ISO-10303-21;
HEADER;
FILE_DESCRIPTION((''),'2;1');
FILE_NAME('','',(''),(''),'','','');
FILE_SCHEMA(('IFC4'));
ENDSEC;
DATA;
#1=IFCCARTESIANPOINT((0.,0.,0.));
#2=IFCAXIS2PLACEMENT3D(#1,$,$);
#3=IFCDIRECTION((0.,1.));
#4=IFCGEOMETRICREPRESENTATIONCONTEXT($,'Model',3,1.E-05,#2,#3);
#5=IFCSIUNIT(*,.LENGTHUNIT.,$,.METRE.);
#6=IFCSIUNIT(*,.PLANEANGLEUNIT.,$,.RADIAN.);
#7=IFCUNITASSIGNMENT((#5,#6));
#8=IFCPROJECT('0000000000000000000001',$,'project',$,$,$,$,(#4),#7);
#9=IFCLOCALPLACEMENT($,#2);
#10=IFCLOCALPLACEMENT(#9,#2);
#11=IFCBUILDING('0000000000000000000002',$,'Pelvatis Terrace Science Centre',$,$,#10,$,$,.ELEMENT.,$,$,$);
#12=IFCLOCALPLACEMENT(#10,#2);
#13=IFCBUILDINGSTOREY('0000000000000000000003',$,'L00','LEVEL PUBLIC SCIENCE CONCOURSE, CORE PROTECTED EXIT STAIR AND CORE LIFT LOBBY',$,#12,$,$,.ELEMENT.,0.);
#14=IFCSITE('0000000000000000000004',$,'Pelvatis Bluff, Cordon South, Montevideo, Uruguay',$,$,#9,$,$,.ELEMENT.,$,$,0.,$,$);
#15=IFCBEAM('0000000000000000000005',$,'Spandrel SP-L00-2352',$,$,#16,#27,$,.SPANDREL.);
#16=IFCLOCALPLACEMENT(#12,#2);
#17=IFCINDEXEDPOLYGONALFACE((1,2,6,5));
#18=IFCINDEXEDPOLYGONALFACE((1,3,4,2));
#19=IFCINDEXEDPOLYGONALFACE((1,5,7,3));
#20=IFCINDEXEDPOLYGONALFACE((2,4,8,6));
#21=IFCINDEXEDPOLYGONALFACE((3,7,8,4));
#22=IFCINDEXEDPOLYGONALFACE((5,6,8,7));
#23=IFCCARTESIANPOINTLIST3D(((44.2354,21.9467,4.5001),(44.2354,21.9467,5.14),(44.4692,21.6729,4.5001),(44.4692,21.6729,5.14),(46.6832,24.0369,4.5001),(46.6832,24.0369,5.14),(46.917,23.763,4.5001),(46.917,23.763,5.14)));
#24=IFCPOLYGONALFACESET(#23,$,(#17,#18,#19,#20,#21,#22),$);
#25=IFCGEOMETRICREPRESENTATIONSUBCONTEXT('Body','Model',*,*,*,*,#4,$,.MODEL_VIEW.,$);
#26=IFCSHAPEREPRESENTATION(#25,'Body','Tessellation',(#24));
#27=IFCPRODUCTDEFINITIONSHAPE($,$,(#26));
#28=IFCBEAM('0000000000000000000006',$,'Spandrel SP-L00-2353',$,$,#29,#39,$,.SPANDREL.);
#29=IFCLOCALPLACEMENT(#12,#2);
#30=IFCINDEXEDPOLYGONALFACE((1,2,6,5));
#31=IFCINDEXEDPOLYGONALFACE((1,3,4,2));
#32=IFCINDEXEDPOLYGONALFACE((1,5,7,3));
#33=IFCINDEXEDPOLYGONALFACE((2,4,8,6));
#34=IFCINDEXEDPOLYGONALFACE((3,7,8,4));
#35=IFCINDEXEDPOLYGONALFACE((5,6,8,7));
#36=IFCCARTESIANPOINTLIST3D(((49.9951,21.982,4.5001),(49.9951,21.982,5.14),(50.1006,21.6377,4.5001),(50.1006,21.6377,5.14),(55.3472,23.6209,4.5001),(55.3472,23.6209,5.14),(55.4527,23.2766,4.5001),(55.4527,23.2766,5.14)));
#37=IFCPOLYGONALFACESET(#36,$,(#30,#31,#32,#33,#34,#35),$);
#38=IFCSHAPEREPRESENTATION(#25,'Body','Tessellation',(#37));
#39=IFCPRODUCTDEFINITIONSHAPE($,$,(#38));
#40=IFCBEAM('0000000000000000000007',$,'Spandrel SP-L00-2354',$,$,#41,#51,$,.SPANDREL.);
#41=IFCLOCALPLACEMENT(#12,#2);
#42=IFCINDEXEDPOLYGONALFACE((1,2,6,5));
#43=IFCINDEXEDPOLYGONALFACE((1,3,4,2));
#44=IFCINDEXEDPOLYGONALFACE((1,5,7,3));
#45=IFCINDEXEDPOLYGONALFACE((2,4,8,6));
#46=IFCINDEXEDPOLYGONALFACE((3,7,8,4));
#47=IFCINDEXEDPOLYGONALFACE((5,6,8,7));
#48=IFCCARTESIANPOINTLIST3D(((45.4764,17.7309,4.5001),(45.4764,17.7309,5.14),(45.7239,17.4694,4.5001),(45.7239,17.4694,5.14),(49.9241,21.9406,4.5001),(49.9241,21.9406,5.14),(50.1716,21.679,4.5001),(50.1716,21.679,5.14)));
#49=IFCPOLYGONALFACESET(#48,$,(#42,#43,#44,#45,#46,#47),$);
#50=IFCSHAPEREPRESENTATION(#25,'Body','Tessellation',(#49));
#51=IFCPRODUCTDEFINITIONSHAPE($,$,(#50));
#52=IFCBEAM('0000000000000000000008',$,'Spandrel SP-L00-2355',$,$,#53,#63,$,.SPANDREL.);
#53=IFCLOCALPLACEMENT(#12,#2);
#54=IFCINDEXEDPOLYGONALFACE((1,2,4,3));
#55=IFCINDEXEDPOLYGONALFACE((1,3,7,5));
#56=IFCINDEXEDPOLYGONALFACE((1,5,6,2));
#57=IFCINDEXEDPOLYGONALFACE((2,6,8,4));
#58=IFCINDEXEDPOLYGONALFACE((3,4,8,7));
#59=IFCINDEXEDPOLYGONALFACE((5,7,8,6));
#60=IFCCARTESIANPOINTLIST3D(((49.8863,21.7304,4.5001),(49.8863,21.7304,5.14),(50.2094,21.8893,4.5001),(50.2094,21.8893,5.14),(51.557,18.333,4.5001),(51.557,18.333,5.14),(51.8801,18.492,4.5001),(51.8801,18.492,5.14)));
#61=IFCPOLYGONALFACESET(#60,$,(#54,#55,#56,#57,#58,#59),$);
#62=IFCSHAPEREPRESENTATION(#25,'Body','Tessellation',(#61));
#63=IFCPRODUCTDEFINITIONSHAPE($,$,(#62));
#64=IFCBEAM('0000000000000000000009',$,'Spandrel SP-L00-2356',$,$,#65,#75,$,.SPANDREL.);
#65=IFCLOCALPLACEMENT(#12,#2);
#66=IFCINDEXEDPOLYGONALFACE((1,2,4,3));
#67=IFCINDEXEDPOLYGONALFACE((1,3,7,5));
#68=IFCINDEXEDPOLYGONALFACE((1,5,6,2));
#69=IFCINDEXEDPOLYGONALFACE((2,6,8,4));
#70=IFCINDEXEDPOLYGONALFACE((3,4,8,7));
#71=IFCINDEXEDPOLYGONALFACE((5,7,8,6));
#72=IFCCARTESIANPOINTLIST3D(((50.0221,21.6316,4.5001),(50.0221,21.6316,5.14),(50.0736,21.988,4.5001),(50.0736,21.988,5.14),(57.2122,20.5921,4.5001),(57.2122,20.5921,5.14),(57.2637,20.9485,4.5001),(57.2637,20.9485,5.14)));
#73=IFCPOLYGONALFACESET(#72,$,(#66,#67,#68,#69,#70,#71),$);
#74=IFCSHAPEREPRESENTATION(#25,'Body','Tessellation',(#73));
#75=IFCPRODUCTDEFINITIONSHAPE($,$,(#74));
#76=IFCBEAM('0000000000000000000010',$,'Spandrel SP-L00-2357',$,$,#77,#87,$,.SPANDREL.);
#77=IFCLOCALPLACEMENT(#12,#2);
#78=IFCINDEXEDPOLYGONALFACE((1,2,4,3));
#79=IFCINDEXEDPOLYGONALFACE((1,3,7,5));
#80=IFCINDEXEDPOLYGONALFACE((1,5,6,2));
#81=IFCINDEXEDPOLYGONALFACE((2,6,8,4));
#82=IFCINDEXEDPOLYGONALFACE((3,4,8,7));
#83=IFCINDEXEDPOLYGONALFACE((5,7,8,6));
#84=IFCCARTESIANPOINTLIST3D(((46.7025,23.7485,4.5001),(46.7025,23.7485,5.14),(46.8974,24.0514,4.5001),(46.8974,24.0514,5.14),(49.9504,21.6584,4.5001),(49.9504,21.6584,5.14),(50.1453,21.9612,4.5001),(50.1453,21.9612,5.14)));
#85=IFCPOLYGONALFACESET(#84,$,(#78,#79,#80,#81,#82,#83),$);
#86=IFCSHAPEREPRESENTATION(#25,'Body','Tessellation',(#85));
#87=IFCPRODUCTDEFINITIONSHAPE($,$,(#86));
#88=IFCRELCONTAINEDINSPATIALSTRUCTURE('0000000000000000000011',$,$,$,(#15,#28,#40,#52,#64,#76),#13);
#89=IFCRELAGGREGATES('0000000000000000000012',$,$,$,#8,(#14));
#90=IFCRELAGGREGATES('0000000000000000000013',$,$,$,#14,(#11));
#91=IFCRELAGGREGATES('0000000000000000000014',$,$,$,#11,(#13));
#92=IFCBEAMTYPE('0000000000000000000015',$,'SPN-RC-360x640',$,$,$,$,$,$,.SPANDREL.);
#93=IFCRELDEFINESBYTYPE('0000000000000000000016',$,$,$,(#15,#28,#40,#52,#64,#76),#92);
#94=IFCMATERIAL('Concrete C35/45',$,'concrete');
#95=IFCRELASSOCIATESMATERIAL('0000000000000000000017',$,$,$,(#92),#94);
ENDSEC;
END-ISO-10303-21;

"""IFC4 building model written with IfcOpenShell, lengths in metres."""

from ifc_helpers import new_model, si_unit, direction, frame, origin, origin_2d, place, context, subcontext, project, spatial, rectangle, extrude, material, material_profile, profile_set, type_object, element, save


model = new_model("IFC4")

# Units and contexts
model_context = context("Model", 3, precision=1e-05, world=origin(), true_north=direction((0.0, 1.0)))
body_context = subcontext(model_context, "Body", "Model", "MODEL_VIEW")
ifc_project = project(units=[si_unit("LENGTHUNIT", "METRE"), si_unit("PLANEANGLEUNIT", "RADIAN")], contexts=[model_context])

# Site, building, storey
site_placement = place(None, origin())
site = spatial("IfcSite", under=ifc_project, at=site_placement, Name="Pelvatis Bluff, Cordon South, Montevideo, Uruguay", CompositionType="ELEMENT", RefElevation=0.0)
building_placement = place(site_placement, origin())
building = spatial("IfcBuilding", under=site, at=building_placement, Name="Pelvatis Terrace Science Centre", CompositionType="ELEMENT")
storey_placement = place(building_placement, origin())
storey = spatial("IfcBuildingStorey", under=building, at=storey_placement, Name="L00", Description="LEVEL PUBLIC SCIENCE CONCOURSE, CORE PROTECTED EXIT STAIR AND CORE LIFT LOBBY", CompositionType="ELEMENT", Elevation=0.0)

# Beams
ifc_material_1 = material(Name="Concrete C35/45", Category="concrete")
ifc_material_profile_1 = material_profile(ifc_material_1, rectangle(XDim=0.3601, YDim=0.6399, at=origin_2d()), Name="RC-SPN 360x640")
ifc_profile_set_1 = profile_set([ifc_material_profile_1], Name="Concrete C35/45")
beam_type = type_object("IfcBeamType", Name="SPN-RC-360x640", PredefinedType="SPANDREL", material=ifc_profile_set_1)
beam_1_placement = place(storey_placement, frame((44.3523, 21.8098, 4.8201), z_axis=(0.760481, 0.64936, 0.0), x_axis=(-0.64936, 0.760481, 0.0)))
element("IfcBeam", 1, at=beam_1_placement, inside=storey, type_object=beam_type, Name="Spandrel SP-L00-2352", PredefinedType="SPANDREL", context=body_context, shape_type="SweptSolid", body=[
    extrude(rectangle(XDim=0.3601, YDim=0.6399, at=origin_2d()), origin(), (0.0, 0.0, 1.0), 3.2188),
])
beam_2_placement = place(storey_placement, frame((50.0479, 21.8098, 4.8201), z_axis=(0.956173, 0.292801, 0.0), x_axis=(-0.292801, 0.956173, 0.0)))
element("IfcBeam", 2, at=beam_2_placement, inside=storey, type_object=beam_type, Name="Spandrel SP-L00-2353", PredefinedType="SPANDREL", context=body_context, shape_type="SweptSolid", body=[
    extrude(rectangle(XDim=0.3601, YDim=0.6399, at=origin_2d()), origin(), (0.0, 0.0, 1.0), 5.5974),
])
beam_3_placement = place(storey_placement, frame((50.0479, 21.8098, 4.8201), z_axis=(-0.726274, -0.687405, 0.0), x_axis=(0.687405, -0.726274, 0.0)))
element("IfcBeam", 3, at=beam_3_placement, inside=storey, type_object=beam_type, Name="Spandrel SP-L00-2354", PredefinedType="SPANDREL", context=body_context, shape_type="SweptSolid", body=[
    extrude(rectangle(XDim=0.3601, YDim=0.6399, at=origin_2d()), origin(), (0.0, 0.0, 1.0), 6.124),
])
beam_4_placement = place(storey_placement, frame((50.0479, 21.8098, 4.8201), z_axis=(0.441297, -0.897361, 0.0), x_axis=(0.897361, 0.441297, 0.0)))
element("IfcBeam", 4, at=beam_4_placement, inside=storey, type_object=beam_type, Name="Spandrel SP-L00-2355", PredefinedType="SPANDREL", context=body_context, shape_type="SweptSolid", body=[
    extrude(rectangle(XDim=0.3601, YDim=0.6399, at=origin_2d()), origin(), (0.0, 0.0, 1.0), 3.7859),
])
beam_5_placement = place(storey_placement, frame((50.0479, 21.8098, 4.8201), z_axis=(0.989709, -0.143091, 0.0), x_axis=(0.143091, 0.989709, 0.0)))
element("IfcBeam", 5, at=beam_5_placement, inside=storey, type_object=beam_type, Name="Spandrel SP-L00-2356", PredefinedType="SPANDREL", context=body_context, shape_type="SweptSolid", body=[
    extrude(rectangle(XDim=0.3601, YDim=0.6399, at=origin_2d()), origin(), (0.0, 0.0, 1.0), 7.2649),
])
beam_6_placement = place(storey_placement, frame((50.0479, 21.8098, 4.8201), z_axis=(-0.840918, 0.541163, 0.0), x_axis=(-0.541163, -0.840918, 0.0)))
element("IfcBeam", 6, at=beam_6_placement, inside=storey, type_object=beam_type, Name="Spandrel SP-L00-2357", PredefinedType="SPANDREL", context=body_context, shape_type="SweptSolid", body=[
    extrude(rectangle(XDim=0.3601, YDim=0.6399, at=origin_2d()), origin(), (0.0, 0.0, 1.0), 3.8623),
])

save(model, "model.ifc")
